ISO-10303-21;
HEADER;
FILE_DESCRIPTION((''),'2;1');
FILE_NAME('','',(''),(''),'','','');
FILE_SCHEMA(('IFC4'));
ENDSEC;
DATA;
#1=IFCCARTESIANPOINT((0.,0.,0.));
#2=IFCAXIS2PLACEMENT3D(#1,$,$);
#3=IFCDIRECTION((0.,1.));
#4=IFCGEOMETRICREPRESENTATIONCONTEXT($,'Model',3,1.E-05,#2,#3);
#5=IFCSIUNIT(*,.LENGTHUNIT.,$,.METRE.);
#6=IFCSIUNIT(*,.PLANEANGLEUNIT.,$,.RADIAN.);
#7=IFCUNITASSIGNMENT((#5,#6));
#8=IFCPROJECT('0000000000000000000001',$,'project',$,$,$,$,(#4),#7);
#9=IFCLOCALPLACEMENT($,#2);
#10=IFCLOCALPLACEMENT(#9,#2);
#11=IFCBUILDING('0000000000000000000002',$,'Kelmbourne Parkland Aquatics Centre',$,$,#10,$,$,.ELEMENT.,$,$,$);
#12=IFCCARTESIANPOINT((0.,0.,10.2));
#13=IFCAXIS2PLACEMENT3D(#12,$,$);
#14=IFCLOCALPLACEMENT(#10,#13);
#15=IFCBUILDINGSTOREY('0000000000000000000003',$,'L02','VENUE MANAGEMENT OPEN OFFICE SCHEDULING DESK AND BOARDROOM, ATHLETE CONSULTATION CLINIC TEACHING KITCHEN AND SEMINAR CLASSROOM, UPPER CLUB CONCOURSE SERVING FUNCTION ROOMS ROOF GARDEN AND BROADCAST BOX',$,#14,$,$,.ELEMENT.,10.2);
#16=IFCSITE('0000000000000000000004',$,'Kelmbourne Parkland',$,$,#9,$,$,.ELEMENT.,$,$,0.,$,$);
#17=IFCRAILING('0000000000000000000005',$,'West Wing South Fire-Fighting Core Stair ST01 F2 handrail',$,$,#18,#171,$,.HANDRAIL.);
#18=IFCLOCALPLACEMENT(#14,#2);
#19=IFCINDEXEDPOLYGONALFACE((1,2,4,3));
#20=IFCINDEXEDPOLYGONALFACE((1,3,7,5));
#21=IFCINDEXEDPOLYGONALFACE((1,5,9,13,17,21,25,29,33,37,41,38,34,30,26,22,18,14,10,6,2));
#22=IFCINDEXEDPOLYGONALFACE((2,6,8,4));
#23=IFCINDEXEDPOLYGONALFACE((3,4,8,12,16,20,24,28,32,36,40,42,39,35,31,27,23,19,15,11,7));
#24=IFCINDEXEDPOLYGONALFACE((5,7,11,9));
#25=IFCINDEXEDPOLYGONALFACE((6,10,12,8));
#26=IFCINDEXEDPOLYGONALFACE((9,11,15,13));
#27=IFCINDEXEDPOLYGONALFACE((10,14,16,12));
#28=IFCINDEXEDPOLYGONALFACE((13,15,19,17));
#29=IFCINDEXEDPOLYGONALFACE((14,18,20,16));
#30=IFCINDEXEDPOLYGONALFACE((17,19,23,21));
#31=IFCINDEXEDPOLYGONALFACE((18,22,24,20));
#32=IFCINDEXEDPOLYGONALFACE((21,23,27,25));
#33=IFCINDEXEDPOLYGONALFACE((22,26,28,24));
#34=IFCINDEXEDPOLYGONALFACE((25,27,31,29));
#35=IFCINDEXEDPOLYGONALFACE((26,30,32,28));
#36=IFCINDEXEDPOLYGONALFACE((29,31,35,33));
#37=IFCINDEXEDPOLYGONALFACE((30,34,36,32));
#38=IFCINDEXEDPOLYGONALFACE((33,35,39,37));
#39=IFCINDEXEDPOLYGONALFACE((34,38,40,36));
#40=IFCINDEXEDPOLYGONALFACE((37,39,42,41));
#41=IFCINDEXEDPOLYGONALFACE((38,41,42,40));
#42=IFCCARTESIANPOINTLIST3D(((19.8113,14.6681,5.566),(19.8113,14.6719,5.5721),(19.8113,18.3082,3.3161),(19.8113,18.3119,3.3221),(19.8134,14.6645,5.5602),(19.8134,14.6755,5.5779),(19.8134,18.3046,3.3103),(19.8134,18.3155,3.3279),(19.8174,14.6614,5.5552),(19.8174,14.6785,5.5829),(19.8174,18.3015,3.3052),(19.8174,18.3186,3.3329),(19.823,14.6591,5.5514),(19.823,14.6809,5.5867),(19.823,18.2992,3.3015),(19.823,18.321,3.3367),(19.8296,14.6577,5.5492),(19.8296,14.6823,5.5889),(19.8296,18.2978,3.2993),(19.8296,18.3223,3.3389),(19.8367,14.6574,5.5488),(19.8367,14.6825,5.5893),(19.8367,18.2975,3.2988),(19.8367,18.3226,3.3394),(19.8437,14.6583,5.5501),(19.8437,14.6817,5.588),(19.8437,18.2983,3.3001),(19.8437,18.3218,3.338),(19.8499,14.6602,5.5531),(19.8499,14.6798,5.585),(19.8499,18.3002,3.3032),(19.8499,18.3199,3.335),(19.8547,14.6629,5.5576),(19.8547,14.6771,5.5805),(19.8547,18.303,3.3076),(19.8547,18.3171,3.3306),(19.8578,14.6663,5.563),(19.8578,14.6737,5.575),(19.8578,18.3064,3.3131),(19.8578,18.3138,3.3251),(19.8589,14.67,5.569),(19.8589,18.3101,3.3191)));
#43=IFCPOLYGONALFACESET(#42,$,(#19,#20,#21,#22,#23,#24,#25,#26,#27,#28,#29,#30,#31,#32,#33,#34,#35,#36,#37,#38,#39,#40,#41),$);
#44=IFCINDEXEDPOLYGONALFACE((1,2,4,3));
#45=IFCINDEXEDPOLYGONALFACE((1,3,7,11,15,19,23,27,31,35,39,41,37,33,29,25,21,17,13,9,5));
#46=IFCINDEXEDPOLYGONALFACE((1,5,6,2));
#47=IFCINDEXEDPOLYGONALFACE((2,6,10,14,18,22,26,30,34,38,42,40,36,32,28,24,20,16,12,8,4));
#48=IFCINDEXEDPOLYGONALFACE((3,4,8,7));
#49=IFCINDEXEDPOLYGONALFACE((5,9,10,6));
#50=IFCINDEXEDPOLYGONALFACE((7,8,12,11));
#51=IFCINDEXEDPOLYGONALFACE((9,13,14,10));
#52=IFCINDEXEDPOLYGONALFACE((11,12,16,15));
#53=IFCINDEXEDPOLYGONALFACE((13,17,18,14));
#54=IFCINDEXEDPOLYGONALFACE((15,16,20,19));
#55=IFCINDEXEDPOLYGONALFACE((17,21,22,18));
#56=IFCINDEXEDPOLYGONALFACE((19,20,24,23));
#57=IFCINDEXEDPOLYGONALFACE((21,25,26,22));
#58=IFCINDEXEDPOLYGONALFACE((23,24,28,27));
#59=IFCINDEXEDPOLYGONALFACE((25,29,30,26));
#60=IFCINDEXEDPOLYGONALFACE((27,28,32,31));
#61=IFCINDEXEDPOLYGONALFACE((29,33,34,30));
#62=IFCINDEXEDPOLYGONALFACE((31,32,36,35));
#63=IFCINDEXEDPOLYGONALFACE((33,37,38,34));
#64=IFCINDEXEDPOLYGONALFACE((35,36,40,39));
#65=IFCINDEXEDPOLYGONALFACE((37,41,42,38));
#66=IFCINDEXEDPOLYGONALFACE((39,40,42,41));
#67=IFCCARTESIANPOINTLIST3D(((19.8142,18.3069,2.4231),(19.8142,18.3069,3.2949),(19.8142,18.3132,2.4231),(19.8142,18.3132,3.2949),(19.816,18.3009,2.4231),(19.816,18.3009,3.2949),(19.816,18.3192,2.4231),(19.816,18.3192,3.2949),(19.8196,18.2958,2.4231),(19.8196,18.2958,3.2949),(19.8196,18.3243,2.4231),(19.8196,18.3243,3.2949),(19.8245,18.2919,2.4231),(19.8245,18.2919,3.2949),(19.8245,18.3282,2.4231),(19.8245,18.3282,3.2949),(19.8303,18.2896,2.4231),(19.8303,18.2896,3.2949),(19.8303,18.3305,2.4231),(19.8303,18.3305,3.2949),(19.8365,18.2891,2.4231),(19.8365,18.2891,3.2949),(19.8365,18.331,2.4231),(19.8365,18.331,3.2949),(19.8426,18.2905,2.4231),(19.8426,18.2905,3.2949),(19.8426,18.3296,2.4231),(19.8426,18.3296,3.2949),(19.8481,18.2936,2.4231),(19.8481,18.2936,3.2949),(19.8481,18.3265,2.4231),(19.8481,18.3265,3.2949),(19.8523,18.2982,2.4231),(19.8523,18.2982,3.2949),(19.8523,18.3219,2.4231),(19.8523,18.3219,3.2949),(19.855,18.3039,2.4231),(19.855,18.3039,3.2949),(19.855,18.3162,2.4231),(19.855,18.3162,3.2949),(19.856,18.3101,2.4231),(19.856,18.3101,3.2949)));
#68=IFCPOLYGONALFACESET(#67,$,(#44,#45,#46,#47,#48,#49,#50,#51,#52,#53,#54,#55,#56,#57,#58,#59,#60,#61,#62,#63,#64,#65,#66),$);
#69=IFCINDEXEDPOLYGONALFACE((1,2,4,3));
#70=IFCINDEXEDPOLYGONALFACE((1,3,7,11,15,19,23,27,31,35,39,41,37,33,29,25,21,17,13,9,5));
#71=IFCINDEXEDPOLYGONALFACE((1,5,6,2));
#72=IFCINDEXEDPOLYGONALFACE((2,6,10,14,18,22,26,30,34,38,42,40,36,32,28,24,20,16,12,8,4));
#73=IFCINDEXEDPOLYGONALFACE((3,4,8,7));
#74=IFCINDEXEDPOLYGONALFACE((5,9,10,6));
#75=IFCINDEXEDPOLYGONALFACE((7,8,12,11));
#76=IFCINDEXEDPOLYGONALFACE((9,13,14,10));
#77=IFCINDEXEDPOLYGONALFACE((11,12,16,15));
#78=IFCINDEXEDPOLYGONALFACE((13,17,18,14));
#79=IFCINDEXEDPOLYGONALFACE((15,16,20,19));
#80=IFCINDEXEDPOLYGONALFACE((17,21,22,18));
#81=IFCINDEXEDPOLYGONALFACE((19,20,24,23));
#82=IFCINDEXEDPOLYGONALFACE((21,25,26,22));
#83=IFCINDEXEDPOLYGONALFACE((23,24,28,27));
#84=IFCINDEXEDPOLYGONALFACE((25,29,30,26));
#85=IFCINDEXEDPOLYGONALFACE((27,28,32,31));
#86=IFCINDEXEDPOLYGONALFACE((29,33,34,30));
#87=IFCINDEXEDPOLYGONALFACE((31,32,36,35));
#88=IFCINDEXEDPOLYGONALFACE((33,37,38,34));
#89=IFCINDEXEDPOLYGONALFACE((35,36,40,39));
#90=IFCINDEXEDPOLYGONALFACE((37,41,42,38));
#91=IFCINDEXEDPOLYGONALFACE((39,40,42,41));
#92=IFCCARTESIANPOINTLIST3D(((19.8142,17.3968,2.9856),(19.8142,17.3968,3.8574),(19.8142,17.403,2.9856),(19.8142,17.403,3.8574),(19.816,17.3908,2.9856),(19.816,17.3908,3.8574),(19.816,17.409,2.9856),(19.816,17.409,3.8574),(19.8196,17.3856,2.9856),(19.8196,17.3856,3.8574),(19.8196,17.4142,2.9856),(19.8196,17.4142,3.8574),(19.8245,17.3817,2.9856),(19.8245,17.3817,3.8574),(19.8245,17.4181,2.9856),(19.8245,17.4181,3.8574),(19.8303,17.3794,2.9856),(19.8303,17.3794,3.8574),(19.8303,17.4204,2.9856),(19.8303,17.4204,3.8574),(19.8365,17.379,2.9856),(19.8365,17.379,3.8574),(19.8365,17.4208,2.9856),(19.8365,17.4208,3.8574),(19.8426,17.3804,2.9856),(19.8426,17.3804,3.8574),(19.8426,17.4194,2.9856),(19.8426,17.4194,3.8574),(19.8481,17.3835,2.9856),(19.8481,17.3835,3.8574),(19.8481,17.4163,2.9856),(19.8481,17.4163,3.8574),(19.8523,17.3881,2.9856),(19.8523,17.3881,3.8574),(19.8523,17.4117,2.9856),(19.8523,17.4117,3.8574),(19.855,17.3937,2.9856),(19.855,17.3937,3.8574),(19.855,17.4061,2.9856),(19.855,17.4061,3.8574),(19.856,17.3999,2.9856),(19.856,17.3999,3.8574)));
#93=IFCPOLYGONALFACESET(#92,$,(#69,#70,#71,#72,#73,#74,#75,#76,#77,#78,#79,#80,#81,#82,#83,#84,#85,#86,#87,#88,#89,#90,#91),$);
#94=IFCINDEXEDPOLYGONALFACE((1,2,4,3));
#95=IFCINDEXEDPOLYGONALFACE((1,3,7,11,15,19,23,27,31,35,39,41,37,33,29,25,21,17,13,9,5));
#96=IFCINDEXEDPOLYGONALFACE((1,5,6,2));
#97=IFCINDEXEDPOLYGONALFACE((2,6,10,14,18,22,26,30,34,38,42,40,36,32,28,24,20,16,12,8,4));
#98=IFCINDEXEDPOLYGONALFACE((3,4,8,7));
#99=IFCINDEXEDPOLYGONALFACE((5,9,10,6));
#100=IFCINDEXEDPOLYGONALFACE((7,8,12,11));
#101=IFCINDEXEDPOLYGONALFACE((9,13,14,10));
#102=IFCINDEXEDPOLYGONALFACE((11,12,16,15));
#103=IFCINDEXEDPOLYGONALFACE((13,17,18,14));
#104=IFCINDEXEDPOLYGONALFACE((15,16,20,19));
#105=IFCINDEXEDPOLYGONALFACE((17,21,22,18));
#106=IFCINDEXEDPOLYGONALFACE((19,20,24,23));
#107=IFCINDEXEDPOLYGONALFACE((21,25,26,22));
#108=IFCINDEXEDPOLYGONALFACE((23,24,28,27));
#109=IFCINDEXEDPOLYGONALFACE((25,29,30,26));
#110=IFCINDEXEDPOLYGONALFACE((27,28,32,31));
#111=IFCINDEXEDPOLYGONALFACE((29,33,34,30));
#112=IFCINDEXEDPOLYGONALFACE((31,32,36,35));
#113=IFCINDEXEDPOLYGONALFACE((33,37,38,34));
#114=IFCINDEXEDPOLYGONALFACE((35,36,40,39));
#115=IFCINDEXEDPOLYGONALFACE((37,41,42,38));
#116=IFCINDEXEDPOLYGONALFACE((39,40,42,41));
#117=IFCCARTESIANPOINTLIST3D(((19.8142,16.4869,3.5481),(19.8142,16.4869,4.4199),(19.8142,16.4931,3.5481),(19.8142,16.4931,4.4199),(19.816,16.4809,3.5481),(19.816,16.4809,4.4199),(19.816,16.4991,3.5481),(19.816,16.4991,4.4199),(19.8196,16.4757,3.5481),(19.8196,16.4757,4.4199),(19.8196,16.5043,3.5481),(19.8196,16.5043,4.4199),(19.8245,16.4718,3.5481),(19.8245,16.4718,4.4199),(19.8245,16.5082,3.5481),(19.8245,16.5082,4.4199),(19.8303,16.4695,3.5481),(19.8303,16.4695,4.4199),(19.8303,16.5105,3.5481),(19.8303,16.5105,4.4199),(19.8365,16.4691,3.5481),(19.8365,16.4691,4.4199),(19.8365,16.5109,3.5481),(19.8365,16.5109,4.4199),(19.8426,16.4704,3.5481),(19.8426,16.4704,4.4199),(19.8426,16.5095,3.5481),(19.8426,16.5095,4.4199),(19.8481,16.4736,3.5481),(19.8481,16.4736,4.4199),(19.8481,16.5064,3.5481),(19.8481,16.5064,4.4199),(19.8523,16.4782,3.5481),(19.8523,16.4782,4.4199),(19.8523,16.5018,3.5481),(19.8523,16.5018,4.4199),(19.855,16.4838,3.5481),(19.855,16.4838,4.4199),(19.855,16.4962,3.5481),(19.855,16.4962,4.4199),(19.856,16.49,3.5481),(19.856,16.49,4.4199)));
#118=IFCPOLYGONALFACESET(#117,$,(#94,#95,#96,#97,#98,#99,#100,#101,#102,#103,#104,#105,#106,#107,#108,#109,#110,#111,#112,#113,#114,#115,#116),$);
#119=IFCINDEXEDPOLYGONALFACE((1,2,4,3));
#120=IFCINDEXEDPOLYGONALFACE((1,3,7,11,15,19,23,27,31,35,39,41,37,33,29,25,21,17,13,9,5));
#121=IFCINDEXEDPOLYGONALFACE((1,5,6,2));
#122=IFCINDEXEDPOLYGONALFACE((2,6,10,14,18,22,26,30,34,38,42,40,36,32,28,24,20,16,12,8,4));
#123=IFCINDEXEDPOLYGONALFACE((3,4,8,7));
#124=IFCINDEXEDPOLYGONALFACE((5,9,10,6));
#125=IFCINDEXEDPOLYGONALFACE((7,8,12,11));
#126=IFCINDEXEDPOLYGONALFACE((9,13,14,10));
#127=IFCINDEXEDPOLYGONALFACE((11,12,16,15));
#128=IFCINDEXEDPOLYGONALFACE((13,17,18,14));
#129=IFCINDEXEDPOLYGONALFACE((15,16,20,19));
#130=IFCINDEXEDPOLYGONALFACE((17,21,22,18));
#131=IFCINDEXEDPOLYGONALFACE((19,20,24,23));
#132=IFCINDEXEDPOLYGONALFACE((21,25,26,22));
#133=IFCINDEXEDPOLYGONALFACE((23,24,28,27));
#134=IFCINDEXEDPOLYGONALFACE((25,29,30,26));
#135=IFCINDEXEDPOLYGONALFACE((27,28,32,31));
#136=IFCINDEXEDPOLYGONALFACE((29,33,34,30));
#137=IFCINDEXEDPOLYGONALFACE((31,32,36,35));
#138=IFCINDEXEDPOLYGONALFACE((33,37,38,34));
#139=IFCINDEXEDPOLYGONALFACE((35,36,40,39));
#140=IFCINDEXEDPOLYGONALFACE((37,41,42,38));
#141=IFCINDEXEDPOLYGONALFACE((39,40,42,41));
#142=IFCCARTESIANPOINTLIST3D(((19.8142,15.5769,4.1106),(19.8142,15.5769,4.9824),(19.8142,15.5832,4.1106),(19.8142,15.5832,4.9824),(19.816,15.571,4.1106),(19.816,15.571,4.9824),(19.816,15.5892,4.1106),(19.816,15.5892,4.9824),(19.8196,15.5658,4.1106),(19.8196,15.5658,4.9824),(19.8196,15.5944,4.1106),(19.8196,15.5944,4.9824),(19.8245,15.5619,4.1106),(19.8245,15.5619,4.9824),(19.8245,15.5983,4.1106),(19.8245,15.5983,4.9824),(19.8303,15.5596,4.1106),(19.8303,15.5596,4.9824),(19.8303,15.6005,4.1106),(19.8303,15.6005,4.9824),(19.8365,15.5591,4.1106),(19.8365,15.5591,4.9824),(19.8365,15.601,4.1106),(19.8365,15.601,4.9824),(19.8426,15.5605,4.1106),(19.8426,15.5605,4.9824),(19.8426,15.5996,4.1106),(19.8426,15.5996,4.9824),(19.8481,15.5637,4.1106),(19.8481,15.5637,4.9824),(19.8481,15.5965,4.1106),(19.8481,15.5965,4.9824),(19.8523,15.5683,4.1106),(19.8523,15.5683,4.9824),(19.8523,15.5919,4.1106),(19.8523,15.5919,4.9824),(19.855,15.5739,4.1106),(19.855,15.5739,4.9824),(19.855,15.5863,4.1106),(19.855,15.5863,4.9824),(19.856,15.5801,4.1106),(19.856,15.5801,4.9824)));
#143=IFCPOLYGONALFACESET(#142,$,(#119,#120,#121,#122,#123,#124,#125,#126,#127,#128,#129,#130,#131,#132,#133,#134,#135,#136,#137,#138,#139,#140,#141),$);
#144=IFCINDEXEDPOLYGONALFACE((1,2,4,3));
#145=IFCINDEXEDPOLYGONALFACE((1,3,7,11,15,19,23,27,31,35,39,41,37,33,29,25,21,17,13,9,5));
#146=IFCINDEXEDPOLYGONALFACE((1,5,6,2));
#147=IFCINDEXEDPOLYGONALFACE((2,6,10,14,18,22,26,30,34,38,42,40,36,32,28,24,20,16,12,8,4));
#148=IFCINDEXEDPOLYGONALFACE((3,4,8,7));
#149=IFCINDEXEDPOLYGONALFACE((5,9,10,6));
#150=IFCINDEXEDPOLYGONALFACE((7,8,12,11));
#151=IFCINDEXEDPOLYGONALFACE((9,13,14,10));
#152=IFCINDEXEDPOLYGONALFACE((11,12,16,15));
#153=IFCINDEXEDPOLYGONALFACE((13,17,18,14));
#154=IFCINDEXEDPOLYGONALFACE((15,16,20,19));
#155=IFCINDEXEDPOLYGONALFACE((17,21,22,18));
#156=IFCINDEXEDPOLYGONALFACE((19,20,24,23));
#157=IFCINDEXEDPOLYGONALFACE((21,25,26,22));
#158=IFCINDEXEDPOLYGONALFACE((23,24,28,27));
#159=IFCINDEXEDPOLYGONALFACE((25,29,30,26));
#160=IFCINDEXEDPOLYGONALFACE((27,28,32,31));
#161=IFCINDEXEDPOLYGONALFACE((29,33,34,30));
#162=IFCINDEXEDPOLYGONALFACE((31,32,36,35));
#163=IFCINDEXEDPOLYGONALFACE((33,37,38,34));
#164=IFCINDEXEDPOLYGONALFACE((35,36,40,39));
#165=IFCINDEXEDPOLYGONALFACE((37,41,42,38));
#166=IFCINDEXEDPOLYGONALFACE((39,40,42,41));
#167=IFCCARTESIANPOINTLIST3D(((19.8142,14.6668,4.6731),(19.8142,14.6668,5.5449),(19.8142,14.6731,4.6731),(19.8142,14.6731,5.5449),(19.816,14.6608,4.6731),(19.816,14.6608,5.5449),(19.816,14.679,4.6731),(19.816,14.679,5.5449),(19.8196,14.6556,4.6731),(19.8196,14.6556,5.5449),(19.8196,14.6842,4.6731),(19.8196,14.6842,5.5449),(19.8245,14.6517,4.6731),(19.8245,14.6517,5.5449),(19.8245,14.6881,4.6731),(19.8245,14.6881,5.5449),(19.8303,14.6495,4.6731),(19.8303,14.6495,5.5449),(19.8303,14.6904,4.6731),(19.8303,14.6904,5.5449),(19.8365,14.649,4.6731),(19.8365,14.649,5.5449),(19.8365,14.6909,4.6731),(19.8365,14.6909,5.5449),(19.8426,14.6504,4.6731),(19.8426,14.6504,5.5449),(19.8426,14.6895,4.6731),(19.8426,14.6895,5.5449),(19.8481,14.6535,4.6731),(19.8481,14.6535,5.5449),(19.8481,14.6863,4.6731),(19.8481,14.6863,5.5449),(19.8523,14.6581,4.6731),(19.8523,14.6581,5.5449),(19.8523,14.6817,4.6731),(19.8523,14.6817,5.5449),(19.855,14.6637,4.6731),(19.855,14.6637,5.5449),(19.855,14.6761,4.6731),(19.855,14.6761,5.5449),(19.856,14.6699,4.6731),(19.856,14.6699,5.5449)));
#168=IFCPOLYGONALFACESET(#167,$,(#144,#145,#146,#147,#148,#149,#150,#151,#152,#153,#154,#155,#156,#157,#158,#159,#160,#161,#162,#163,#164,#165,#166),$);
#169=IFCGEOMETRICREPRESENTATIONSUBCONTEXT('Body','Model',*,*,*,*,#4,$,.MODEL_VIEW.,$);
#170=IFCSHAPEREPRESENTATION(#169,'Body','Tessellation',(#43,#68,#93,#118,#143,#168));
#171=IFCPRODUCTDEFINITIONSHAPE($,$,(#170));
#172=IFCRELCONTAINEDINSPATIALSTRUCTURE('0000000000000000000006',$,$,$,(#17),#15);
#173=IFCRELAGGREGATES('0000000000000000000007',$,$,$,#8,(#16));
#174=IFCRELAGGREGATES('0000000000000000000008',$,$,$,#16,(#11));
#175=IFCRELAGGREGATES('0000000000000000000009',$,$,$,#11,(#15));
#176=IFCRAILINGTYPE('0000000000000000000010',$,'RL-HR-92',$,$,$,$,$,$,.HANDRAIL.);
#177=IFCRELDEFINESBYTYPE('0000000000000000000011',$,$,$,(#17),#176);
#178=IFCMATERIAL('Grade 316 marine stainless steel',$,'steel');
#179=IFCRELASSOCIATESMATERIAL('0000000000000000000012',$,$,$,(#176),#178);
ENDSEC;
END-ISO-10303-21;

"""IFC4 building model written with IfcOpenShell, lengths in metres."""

from ifc_helpers import new_model, si_unit, direction, frame, origin, origin_2d, place, context, subcontext, project, spatial, circle, extrude, material, type_object, element, save


model = new_model("IFC4")

# Units and contexts
model_context = context("Model", 3, precision=1e-05, world=origin(), true_north=direction((0.0, 1.0)))
body_context = subcontext(model_context, "Body", "Model", "MODEL_VIEW")
ifc_project = project(units=[si_unit("LENGTHUNIT", "METRE"), si_unit("PLANEANGLEUNIT", "RADIAN")], contexts=[model_context])

# Site, building, storey
site_placement = place(None, origin())
site = spatial("IfcSite", under=ifc_project, at=site_placement, Name="Kelmbourne Parkland", CompositionType="ELEMENT", RefElevation=0.0)
building_placement = place(site_placement, origin())
building = spatial("IfcBuilding", under=site, at=building_placement, Name="Kelmbourne Parkland Aquatics Centre", CompositionType="ELEMENT")
storey_placement = place(building_placement, frame((0.0, 0.0, 10.2)))
storey = spatial("IfcBuildingStorey", under=building, at=storey_placement, Name="L02", Description="VENUE MANAGEMENT OPEN OFFICE SCHEDULING DESK AND BOARDROOM, ATHLETE CONSULTATION CLINIC TEACHING KITCHEN AND SEMINAR CLASSROOM, UPPER CLUB CONCOURSE SERVING FUNCTION ROOMS ROOF GARDEN AND BROADCAST BOX", CompositionType="ELEMENT", Elevation=10.2)

# Railing
ifc_material_1 = material(Name="Grade 316 marine stainless steel", Category="steel")
railing_type_1 = type_object("IfcRailingType", Name="RL-HR-92", PredefinedType="HANDRAIL", material=ifc_material_1)
railing_1_placement = place(storey_placement, frame((19.835, 18.3101, 2.4231)))
element("IfcRailing", 1, at=railing_1_placement, inside=storey, type_object=railing_type_1, Name="West Wing South Fire-Fighting Core Stair ST01 F2 handrail", PredefinedType="HANDRAIL", context=body_context, shape_type="SweptSolid", body=[
    extrude(circle(Radius=0.0239, at=origin_2d()), frame((0.0, 0.0, 0.896), z_axis=(0.0, -0.850622, 0.525777), x_axis=(1.0, 0.0, 0.0)), (0.0, 0.0, 1.0), 4.2793),
    extrude(circle(Radius=0.021, at=origin_2d()), origin(), (0.0, 0.0, 1.0), 0.8718),
    extrude(circle(Radius=0.021, at=origin_2d()), frame((0.0, -0.9102, 0.5625)), (0.0, 0.0, 1.0), 0.8718),
    extrude(circle(Radius=0.021, at=origin_2d()), frame((0.0, -1.8201, 1.125)), (0.0, 0.0, 1.0), 0.8718),
    extrude(circle(Radius=0.021, at=origin_2d()), frame((0.0, -2.73, 1.6875)), (0.0, 0.0, 1.0), 0.8718),
    extrude(circle(Radius=0.021, at=origin_2d()), frame((0.0, -3.6401, 2.25)), (0.0, 0.0, 1.0), 0.8718),
])

save(model, "model.ifc")
